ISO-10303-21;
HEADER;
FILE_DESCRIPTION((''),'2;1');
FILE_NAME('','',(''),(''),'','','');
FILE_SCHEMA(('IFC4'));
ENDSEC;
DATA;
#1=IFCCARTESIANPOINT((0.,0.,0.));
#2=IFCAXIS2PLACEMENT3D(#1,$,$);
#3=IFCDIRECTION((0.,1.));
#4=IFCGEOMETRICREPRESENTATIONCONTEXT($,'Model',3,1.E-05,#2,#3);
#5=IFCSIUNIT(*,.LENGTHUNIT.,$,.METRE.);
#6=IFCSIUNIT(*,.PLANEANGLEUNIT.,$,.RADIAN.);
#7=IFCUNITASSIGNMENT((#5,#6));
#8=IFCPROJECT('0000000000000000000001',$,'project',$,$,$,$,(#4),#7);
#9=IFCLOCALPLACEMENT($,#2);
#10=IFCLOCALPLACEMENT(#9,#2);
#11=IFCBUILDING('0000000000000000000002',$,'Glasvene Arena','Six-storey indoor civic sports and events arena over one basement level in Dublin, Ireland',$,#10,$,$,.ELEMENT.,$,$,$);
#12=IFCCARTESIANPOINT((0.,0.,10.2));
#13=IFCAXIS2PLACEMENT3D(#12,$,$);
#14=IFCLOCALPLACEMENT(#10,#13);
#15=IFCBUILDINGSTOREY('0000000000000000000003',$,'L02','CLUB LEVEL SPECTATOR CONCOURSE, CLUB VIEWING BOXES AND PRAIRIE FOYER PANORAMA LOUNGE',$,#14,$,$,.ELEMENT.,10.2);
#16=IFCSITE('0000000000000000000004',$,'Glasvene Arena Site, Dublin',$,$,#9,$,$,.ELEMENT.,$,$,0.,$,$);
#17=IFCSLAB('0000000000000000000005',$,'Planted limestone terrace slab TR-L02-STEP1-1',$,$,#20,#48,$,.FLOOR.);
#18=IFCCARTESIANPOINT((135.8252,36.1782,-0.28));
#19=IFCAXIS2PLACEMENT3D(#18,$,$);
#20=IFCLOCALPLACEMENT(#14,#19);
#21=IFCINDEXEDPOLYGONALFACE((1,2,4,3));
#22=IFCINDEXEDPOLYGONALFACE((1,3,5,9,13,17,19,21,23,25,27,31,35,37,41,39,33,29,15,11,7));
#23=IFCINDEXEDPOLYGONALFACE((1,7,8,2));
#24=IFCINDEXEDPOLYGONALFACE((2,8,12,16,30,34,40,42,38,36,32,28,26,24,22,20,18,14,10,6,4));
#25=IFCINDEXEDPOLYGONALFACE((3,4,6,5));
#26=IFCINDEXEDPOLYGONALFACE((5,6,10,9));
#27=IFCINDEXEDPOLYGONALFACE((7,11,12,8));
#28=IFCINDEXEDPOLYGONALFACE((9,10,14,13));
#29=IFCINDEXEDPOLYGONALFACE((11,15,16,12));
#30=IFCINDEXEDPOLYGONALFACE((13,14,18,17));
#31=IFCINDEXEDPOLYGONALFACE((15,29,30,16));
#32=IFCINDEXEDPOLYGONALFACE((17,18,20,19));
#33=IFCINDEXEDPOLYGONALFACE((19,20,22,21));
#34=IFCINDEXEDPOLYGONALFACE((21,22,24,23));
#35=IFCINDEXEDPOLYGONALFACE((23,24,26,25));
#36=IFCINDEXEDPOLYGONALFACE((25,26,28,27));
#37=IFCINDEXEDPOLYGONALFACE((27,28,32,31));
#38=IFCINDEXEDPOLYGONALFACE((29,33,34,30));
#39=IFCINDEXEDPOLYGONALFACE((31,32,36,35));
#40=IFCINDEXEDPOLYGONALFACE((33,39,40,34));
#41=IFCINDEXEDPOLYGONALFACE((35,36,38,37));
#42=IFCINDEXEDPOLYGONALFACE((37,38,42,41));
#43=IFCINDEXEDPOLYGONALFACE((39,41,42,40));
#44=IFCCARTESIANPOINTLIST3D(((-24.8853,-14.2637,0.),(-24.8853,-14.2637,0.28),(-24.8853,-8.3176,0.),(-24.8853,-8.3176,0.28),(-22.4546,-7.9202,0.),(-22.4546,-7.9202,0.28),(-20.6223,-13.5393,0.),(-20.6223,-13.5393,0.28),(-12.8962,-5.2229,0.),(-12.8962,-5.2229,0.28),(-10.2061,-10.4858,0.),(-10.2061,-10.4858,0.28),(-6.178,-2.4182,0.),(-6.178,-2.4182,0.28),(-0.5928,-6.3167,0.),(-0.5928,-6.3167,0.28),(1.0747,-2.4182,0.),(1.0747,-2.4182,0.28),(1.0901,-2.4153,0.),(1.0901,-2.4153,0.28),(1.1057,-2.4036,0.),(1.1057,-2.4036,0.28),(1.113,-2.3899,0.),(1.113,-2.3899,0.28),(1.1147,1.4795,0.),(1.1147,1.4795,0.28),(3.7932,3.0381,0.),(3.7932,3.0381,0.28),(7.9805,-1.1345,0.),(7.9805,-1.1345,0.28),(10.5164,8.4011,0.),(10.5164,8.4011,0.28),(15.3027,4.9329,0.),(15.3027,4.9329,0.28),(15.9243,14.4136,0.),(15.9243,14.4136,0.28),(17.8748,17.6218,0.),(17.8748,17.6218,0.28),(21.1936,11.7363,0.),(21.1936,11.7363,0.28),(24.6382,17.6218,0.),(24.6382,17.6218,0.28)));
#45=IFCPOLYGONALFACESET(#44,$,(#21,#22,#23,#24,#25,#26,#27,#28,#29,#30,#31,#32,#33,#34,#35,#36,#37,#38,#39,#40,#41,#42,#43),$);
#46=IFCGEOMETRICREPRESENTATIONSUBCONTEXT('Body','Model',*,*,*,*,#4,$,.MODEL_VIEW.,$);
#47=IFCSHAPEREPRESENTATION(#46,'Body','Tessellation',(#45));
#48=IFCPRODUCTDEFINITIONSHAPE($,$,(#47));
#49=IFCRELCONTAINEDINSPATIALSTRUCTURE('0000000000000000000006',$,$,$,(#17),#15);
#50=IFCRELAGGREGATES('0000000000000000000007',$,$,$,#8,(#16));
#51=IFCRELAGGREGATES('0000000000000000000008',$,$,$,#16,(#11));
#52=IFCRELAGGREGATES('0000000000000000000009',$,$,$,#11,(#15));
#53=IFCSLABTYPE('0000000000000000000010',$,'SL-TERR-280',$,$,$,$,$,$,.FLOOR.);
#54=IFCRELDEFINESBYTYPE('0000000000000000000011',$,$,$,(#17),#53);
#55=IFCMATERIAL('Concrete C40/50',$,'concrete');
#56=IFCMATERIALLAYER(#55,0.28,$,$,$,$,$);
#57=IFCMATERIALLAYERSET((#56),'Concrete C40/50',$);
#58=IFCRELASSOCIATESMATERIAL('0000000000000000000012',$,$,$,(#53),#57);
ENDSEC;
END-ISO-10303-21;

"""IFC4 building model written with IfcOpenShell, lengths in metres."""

from ifc_helpers import new_model, si_unit, direction, frame, origin, place, context, subcontext, project, spatial, polyline, outline, extrude, material, layer, layer_set, type_object, element, save


model = new_model("IFC4")

# Units and contexts
model_context = context("Model", 3, precision=1e-05, world=origin(), true_north=direction((0.0, 1.0)))
body_context = subcontext(model_context, "Body", "Model", "MODEL_VIEW")
ifc_project = project(units=[si_unit("LENGTHUNIT", "METRE"), si_unit("PLANEANGLEUNIT", "RADIAN")], contexts=[model_context])

# Site, building, storey
site_placement = place(None, origin())
site = spatial("IfcSite", under=ifc_project, at=site_placement, Name="Glasvene Arena Site, Dublin", CompositionType="ELEMENT", RefElevation=0.0)
building_placement = place(site_placement, origin())
building = spatial("IfcBuilding", under=site, at=building_placement, Name="Glasvene Arena", Description="Six-storey indoor civic sports and events arena over one basement level in Dublin, Ireland", CompositionType="ELEMENT")
storey_placement = place(building_placement, frame((0.0, 0.0, 10.2)))
storey = spatial("IfcBuildingStorey", under=building, at=storey_placement, Name="L02", Description="CLUB LEVEL SPECTATOR CONCOURSE, CLUB VIEWING BOXES AND PRAIRIE FOYER PANORAMA LOUNGE", CompositionType="ELEMENT", Elevation=10.2)

# Shared definitions
ifc_material_1 = material(Name="Concrete C40/50", Category="concrete")

# Slab
ifc_layer_1 = layer(ifc_material_1, 0.28)
ifc_layer_set_1 = layer_set([ifc_layer_1], Name="Concrete C40/50")
slab_type_1 = type_object("IfcSlabType", Name="SL-TERR-280", PredefinedType="FLOOR", material=ifc_layer_set_1)
slab_1_placement = place(storey_placement, frame((135.8252, 36.1782, -0.28)))
element("IfcSlab", 1, at=slab_1_placement, inside=storey, type_object=slab_type_1, Name="Planted limestone terrace slab TR-L02-STEP1-1", PredefinedType="FLOOR", context=body_context, shape_type="SweptSolid", body=[
    extrude(outline(polyline([(21.1936, 11.7363), (15.3027, 4.9329), (7.9805, -1.1345), (-0.5928, -6.3167), (-10.2061, -10.4858), (-20.6223, -13.5393), (-24.8853, -14.2637), (-24.8853, -8.3176), (-22.4546, -7.9202), (-12.8962, -5.2229), (-6.178, -2.4182), (1.0747, -2.4182), (1.0901, -2.4153), (1.1057, -2.4036), (1.113, -2.3899), (1.1147, 1.4795), (3.7932, 3.0381), (10.5164, 8.4011), (15.9243, 14.4136), (17.8748, 17.6218), (24.6382, 17.6218), (21.1936, 11.7363)])), origin(), (0.0, 0.0, 1.0), 0.28),
])

save(model, "model.ifc")
